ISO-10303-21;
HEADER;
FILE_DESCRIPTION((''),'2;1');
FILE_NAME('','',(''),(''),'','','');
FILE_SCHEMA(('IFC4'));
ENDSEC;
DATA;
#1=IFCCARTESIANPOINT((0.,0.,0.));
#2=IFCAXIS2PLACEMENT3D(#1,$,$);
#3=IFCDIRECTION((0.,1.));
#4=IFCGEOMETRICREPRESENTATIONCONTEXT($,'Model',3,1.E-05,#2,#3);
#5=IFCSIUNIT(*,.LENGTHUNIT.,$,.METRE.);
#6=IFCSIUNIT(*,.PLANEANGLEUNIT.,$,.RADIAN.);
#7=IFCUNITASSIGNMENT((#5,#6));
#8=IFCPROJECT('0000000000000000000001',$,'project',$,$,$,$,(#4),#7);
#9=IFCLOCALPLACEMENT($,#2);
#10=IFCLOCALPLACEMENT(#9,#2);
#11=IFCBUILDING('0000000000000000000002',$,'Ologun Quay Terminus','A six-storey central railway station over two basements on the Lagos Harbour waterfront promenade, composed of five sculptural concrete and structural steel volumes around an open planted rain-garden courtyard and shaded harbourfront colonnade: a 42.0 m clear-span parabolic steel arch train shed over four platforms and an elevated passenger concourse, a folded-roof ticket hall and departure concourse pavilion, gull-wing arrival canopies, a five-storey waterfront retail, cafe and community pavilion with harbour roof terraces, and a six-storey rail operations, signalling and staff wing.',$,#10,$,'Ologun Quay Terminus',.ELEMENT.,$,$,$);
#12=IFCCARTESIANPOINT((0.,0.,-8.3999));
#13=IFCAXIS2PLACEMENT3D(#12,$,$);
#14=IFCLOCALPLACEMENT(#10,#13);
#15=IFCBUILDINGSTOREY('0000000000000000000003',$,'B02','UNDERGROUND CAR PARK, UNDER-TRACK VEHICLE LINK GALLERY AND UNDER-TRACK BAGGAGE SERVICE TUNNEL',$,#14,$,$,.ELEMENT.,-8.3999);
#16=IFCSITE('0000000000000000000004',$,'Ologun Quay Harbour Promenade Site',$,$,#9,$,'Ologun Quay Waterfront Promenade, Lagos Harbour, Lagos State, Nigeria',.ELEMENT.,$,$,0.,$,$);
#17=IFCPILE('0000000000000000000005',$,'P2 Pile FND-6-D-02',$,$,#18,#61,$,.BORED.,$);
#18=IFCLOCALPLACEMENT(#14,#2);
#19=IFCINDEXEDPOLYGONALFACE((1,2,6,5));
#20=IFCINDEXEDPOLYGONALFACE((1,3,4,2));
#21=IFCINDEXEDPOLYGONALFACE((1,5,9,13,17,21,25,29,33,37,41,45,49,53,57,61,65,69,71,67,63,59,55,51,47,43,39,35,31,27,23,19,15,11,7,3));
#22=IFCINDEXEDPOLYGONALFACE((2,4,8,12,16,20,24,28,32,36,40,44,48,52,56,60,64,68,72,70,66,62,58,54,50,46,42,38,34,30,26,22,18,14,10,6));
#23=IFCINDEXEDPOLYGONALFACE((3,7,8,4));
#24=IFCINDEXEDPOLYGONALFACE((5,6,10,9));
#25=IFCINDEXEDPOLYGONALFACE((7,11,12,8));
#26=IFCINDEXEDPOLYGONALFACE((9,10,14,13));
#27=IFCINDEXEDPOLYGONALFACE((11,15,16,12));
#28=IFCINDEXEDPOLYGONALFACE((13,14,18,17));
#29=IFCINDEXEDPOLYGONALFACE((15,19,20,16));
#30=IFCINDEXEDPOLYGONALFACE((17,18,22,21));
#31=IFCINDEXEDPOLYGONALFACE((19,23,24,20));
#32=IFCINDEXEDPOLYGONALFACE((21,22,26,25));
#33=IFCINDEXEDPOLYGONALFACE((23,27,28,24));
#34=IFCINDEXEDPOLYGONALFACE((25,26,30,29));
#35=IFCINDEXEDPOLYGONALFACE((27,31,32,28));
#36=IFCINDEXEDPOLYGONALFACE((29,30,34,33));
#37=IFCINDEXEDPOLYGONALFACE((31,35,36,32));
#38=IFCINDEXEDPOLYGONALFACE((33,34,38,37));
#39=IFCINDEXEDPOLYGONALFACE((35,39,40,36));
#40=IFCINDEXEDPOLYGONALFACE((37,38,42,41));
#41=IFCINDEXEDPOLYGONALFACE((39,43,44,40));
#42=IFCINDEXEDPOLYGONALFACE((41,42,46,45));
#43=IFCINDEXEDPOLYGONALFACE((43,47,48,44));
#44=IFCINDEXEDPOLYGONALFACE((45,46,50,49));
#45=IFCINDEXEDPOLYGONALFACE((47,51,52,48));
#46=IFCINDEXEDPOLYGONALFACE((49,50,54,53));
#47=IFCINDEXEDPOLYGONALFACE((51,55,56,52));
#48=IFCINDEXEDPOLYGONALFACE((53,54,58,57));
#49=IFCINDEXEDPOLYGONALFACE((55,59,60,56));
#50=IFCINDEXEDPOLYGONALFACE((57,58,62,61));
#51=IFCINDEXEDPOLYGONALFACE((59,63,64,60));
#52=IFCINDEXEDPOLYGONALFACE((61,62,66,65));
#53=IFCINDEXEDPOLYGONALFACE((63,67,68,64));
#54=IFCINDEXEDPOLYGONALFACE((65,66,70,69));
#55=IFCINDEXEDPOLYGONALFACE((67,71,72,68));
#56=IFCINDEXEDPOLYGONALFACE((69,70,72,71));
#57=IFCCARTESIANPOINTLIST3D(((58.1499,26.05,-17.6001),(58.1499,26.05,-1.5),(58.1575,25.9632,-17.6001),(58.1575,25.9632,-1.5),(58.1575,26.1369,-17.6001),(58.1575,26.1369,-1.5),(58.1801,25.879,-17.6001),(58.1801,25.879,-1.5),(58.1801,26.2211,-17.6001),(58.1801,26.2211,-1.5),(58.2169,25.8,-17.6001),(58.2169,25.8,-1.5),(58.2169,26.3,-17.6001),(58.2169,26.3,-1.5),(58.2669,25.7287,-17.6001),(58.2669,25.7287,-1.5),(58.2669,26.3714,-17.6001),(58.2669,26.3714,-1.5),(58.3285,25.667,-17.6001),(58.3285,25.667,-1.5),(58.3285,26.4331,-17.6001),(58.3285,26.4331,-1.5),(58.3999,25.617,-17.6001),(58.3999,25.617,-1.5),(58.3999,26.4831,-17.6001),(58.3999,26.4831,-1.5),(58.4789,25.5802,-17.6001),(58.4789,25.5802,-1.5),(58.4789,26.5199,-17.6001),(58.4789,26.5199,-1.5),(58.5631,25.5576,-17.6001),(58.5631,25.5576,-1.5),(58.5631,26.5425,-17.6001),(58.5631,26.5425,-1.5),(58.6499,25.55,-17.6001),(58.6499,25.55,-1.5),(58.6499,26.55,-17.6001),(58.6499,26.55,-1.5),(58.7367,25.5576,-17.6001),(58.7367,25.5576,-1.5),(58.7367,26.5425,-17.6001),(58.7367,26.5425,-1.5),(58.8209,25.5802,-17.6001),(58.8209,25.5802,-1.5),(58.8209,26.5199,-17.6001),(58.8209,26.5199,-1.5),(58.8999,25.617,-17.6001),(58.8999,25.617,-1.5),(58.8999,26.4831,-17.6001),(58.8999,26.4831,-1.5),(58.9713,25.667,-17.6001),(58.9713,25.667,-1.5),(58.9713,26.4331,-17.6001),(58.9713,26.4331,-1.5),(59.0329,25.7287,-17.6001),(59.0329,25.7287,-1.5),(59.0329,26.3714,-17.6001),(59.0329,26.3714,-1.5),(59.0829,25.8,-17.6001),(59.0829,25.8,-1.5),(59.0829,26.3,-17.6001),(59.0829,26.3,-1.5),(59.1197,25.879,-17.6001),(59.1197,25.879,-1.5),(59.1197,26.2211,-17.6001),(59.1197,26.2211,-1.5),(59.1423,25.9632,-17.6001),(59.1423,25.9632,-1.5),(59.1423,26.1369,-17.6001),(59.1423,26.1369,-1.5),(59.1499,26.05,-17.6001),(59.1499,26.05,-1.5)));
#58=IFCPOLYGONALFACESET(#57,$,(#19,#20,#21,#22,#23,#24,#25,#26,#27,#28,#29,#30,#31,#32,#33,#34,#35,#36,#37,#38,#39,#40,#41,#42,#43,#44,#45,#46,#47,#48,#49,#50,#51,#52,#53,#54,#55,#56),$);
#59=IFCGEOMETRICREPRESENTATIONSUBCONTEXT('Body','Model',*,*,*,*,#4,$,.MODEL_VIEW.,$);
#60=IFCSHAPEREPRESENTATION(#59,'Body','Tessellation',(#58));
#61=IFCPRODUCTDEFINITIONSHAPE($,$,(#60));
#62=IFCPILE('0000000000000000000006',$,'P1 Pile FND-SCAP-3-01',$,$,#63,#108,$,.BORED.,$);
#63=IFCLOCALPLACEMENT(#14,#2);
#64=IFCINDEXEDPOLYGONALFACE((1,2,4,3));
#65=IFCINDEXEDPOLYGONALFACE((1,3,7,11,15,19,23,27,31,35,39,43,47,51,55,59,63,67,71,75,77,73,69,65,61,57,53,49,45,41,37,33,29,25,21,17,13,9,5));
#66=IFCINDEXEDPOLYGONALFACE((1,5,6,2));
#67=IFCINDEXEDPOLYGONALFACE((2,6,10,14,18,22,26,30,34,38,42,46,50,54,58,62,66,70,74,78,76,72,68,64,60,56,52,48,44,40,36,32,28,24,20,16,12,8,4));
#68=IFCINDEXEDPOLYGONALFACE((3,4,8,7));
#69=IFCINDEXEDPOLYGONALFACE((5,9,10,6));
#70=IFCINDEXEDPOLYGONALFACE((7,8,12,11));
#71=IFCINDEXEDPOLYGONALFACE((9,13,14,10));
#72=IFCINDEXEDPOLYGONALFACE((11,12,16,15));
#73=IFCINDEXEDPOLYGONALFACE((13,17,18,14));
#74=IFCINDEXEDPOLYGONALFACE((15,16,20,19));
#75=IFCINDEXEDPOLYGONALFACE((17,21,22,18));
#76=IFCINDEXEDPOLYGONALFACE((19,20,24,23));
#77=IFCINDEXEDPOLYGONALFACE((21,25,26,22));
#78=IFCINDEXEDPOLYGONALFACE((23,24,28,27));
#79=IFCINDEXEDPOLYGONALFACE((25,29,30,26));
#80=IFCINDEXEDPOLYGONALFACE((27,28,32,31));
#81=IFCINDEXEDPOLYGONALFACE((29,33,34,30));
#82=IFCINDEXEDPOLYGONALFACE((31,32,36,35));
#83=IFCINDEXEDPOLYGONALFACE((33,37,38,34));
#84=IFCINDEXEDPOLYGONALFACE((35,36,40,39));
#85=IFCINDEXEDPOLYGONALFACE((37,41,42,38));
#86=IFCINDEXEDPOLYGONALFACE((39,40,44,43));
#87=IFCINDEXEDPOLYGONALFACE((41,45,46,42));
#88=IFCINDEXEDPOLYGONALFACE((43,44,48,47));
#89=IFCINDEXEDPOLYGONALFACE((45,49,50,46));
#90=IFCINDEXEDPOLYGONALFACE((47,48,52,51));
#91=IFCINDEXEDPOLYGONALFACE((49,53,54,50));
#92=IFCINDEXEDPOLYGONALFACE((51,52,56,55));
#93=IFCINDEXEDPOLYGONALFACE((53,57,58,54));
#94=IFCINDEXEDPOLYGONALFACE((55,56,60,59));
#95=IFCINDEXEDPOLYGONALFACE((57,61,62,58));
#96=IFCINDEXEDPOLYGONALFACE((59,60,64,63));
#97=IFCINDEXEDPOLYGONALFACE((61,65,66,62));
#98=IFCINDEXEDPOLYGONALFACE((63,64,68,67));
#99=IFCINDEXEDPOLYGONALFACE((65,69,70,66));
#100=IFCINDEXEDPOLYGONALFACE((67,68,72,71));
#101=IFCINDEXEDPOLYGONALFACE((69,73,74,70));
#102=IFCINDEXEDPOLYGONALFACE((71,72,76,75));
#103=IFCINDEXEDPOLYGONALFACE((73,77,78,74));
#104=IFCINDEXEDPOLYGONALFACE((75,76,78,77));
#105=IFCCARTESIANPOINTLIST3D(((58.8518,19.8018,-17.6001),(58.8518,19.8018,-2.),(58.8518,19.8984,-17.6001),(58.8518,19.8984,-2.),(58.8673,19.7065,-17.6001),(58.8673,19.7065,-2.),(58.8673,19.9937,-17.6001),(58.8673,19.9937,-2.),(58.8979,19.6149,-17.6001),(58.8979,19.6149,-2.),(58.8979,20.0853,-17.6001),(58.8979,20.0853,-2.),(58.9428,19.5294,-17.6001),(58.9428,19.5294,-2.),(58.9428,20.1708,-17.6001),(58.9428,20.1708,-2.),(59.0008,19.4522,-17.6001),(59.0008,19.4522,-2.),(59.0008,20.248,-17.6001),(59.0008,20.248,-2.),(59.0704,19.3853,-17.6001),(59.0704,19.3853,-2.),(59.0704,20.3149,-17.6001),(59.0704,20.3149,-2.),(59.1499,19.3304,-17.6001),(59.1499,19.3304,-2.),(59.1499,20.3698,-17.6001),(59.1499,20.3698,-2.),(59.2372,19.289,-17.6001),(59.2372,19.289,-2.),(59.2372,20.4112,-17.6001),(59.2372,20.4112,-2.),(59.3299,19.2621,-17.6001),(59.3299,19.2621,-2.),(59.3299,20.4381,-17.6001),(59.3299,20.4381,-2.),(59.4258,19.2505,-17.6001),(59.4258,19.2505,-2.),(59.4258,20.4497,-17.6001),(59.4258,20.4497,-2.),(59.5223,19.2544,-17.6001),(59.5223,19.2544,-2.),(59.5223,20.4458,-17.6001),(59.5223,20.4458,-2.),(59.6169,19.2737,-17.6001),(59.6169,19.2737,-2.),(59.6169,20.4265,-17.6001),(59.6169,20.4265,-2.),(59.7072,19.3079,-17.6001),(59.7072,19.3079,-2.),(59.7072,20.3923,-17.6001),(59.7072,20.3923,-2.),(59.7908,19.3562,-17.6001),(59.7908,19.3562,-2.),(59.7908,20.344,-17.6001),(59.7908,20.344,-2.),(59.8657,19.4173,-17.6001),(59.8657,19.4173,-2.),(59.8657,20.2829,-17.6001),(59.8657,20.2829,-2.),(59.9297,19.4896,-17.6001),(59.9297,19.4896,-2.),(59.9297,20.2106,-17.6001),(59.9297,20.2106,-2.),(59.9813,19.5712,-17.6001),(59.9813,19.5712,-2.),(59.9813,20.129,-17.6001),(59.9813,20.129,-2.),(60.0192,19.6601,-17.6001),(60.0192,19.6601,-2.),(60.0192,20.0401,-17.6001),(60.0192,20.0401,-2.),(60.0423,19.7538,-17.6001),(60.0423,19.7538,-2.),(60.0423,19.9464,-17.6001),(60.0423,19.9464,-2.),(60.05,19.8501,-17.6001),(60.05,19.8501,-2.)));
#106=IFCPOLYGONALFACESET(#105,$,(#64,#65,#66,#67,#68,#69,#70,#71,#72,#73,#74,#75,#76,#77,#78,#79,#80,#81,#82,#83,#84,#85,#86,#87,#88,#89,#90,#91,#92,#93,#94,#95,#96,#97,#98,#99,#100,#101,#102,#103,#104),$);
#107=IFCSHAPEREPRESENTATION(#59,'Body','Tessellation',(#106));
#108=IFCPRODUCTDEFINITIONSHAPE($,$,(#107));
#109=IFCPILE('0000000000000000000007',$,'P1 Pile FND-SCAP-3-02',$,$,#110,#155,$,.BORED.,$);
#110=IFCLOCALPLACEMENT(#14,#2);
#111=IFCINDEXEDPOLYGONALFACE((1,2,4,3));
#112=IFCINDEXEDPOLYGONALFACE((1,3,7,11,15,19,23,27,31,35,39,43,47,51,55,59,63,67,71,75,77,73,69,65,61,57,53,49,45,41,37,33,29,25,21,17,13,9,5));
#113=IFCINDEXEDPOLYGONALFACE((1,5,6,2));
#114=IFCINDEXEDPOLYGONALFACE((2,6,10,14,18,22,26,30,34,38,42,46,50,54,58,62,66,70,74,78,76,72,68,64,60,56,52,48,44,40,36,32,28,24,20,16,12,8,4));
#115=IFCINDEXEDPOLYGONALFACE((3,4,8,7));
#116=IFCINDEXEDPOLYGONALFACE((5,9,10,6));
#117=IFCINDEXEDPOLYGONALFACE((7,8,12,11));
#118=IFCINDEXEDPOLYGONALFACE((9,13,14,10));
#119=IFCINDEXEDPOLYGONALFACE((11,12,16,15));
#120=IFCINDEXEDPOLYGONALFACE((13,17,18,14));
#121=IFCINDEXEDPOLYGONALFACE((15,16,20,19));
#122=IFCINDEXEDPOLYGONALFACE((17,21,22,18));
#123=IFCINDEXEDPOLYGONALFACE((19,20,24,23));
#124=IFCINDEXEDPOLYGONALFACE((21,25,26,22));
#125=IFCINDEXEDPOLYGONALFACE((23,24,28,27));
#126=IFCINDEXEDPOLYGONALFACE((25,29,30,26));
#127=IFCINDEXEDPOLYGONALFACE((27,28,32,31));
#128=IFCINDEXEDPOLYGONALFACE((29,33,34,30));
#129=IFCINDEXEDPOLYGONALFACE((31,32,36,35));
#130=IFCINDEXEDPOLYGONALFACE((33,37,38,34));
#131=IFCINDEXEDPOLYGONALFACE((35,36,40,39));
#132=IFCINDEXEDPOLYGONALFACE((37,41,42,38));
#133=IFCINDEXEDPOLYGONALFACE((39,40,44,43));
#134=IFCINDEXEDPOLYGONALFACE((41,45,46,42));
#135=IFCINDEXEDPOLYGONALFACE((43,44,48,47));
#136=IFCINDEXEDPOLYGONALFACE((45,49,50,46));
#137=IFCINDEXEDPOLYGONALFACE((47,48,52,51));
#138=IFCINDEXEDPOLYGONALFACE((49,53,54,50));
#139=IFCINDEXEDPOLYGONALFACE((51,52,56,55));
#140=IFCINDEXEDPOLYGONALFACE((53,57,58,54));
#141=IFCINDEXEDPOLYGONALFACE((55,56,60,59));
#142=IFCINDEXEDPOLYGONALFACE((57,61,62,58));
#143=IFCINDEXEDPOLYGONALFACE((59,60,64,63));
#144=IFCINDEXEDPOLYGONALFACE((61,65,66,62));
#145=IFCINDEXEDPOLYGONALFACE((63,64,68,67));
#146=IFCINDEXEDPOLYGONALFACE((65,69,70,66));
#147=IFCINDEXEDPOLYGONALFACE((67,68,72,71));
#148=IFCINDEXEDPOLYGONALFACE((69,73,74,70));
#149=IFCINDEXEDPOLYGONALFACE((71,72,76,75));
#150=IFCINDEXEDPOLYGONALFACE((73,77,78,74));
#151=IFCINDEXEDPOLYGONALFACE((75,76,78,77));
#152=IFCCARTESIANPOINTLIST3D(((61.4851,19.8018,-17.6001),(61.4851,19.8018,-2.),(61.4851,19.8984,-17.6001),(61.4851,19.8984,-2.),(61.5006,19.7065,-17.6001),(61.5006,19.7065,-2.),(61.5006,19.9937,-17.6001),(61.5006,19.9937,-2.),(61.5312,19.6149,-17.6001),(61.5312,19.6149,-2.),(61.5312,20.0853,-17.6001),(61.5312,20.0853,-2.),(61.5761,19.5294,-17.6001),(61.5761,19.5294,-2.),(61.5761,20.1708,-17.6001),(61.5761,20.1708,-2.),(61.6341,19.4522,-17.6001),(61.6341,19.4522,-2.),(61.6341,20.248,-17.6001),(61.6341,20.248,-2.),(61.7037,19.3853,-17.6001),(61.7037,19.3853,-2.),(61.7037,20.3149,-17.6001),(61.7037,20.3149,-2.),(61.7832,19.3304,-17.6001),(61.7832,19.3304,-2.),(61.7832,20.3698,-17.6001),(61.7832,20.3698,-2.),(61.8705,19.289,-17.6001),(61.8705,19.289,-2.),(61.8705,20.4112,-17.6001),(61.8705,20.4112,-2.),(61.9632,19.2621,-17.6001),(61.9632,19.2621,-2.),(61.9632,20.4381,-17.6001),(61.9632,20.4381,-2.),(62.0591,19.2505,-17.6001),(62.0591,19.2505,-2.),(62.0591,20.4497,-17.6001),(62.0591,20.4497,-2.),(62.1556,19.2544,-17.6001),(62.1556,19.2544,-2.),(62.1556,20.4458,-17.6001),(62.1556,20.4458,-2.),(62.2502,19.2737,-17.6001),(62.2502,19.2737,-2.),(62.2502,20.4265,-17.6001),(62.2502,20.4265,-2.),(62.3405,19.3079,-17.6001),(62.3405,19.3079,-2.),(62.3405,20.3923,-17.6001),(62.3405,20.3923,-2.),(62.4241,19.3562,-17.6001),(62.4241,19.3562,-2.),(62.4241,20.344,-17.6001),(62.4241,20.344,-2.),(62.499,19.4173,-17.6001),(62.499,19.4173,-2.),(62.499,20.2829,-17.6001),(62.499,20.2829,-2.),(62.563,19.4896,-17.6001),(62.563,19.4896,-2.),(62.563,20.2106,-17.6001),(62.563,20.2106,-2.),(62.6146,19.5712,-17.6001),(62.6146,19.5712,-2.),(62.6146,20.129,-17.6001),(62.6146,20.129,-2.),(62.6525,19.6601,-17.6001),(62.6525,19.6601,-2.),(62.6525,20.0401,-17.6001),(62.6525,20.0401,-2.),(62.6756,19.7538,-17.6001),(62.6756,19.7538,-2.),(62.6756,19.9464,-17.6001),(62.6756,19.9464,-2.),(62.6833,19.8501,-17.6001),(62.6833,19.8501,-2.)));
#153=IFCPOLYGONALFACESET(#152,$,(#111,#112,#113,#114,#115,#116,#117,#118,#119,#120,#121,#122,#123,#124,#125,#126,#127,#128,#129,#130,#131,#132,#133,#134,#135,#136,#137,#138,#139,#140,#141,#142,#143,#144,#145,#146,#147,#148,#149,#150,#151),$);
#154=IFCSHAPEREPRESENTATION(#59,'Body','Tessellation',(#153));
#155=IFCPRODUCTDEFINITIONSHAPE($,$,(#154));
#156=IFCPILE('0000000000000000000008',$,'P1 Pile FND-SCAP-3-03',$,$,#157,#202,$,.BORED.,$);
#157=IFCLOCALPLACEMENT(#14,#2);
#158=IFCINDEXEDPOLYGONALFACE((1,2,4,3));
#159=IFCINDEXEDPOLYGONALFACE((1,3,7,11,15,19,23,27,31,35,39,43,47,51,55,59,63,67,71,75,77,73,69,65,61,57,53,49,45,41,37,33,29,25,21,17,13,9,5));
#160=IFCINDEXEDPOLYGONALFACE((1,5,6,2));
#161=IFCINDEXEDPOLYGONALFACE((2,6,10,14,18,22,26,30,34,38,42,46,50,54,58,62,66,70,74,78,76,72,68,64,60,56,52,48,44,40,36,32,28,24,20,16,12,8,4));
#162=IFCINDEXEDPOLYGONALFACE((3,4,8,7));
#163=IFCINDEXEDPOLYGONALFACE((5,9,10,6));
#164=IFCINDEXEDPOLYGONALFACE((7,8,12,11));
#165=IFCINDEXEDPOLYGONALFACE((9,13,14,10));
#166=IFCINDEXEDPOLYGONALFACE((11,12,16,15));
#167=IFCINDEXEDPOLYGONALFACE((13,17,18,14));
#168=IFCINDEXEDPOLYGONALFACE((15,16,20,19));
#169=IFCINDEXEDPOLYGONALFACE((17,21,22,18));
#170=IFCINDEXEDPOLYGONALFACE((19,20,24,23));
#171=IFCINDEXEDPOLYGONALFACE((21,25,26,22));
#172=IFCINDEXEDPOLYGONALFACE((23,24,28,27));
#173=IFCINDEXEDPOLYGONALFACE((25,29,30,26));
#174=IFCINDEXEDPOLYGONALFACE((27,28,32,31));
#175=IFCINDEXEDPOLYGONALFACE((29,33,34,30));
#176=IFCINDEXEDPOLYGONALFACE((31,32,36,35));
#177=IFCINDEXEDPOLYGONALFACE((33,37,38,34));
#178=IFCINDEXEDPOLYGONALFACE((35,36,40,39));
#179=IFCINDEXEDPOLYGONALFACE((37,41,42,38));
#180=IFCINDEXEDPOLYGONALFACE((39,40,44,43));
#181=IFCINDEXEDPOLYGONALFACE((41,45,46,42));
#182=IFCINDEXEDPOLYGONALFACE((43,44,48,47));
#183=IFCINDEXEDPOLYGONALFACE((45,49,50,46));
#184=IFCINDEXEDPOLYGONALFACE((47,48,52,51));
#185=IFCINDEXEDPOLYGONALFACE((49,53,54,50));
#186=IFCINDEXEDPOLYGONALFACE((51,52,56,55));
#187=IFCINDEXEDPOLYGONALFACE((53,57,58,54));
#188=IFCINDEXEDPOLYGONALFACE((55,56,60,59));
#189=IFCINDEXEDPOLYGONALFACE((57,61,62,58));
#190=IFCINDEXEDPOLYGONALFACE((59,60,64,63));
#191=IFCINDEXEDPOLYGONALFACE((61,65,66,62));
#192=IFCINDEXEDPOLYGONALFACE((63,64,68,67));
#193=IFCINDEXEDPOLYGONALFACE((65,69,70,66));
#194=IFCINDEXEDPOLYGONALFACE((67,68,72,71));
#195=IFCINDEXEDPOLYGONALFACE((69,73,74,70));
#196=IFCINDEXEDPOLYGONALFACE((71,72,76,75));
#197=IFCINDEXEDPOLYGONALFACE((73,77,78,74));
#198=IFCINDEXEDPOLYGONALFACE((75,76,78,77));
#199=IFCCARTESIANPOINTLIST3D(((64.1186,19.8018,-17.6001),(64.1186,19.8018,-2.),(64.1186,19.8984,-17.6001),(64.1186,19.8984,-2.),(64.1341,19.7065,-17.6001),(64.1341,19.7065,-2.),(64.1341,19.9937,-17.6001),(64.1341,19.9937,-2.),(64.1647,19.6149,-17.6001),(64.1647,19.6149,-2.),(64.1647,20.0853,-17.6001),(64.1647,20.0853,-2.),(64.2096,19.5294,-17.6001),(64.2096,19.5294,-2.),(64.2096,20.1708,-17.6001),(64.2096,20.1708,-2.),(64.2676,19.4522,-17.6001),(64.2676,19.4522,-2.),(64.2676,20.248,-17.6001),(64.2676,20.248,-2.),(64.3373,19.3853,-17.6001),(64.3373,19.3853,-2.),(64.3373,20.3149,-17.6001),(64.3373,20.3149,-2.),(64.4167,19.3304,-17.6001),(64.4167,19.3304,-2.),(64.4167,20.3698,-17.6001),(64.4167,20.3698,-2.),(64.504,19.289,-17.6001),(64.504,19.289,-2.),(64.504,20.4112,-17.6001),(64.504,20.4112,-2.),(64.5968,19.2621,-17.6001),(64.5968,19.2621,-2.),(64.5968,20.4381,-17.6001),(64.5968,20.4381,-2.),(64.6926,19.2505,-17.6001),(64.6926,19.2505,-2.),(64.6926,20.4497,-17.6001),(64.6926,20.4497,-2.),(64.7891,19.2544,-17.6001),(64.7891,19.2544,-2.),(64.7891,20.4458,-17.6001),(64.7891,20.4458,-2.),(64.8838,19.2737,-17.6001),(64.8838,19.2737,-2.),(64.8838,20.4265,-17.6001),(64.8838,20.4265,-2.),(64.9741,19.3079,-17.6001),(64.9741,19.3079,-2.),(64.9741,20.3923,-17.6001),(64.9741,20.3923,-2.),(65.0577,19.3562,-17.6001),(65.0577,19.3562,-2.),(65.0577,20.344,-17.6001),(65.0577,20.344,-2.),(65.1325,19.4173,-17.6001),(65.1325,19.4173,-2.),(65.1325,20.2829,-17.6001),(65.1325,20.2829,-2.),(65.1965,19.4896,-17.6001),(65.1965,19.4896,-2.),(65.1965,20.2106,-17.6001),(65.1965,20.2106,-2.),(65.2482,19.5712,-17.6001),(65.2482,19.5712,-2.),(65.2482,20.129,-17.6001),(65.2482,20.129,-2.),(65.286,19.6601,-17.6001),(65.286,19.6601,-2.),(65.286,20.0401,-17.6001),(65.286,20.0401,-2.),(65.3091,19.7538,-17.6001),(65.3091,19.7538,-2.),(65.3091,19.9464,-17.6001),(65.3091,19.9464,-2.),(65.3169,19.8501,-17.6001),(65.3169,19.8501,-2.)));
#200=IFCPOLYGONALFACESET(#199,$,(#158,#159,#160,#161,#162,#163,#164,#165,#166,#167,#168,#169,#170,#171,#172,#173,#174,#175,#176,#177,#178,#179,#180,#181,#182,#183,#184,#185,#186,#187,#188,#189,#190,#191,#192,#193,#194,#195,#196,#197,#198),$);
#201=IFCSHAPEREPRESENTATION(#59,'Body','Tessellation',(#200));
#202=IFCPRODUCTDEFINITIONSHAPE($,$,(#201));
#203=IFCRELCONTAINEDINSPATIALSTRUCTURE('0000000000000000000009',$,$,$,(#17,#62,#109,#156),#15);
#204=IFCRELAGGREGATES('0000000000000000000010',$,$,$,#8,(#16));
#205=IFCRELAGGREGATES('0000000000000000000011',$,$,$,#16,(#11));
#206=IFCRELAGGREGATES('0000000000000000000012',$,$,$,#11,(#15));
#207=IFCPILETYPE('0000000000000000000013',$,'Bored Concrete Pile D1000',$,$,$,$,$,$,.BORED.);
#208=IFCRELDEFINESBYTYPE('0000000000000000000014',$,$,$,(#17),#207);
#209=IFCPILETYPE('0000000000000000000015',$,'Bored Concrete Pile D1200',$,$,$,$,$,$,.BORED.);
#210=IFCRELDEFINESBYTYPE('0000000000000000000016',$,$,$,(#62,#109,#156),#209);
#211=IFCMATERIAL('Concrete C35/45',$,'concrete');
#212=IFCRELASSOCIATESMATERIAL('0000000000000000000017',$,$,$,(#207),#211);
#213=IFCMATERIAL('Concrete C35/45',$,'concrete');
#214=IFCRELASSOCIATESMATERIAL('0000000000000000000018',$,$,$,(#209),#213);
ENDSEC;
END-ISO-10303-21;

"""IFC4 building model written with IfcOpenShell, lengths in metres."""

from ifc_helpers import new_model, si_unit, direction, frame, origin, origin_2d, place, context, subcontext, project, spatial, circle, extrude, material, material_profile, profile_set, type_object, element, save


model = new_model("IFC4")

# Units and contexts
model_context = context("Model", 3, precision=1e-05, world=origin(), true_north=direction((0.0, 1.0)))
body_context = subcontext(model_context, "Body", "Model", "MODEL_VIEW")
ifc_project = project(units=[si_unit("LENGTHUNIT", "METRE"), si_unit("PLANEANGLEUNIT", "RADIAN")], contexts=[model_context])

# Site, building, storey
site_placement = place(None, origin())
site = spatial("IfcSite", under=ifc_project, at=site_placement, Name="Ologun Quay Harbour Promenade Site", LongName="Ologun Quay Waterfront Promenade, Lagos Harbour, Lagos State, Nigeria", CompositionType="ELEMENT", RefElevation=0.0)
building_placement = place(site_placement, origin())
building = spatial("IfcBuilding", under=site, at=building_placement, Name="Ologun Quay Terminus", Description="A six-storey central railway station over two basements on the Lagos Harbour waterfront promenade, composed of five sculptural concrete and structural steel volumes around an open planted rain-garden courtyard and shaded harbourfront colonnade: a 42.0 m clear-span parabolic steel arch train shed over four platforms and an elevated passenger concourse, a folded-roof ticket hall and departure concourse pavilion, gull-wing arrival canopies, a five-storey waterfront retail, cafe and community pavilion with harbour roof terraces, and a six-storey rail operations, signalling and staff wing.", LongName="Ologun Quay Terminus", CompositionType="ELEMENT")
storey_placement = place(building_placement, frame((0.0, 0.0, -8.3999)))
storey = spatial("IfcBuildingStorey", under=building, at=storey_placement, Name="B02", Description="UNDERGROUND CAR PARK, UNDER-TRACK VEHICLE LINK GALLERY AND UNDER-TRACK BAGGAGE SERVICE TUNNEL", CompositionType="ELEMENT", Elevation=-8.3999)

# Piles
ifc_material_1 = material(Name="Concrete C35/45", Category="concrete")
ifc_material_profile_1 = material_profile(ifc_material_1, circle(Radius=0.5, at=origin_2d()), Name="PILE D1000")
ifc_profile_set_1 = profile_set([ifc_material_profile_1], Name="Concrete C35/45")
pile_type_1 = type_object("IfcPileType", Name="Bored Concrete Pile D1000", PredefinedType="BORED", material=ifc_profile_set_1)
pile_placement = place(storey_placement, frame((58.6499, 26.05, -1.5), z_axis=(0.0, 0.0, -1.0), x_axis=(1.0, 0.0, 0.0)))
element("IfcPile", 1, at=pile_placement, inside=storey, type_object=pile_type_1, Name="P2 Pile FND-6-D-02", PredefinedType="BORED", context=body_context, shape_type="SweptSolid", body=[
    extrude(circle(Radius=0.5, at=origin_2d()), origin(), (0.0, 0.0, 1.0), 16.1001),
])
ifc_material_2 = material(Name="Concrete C35/45", Category="concrete")
ifc_material_profile_2 = material_profile(ifc_material_2, circle(Radius=0.6001, at=origin_2d()), Name="PILE D1200")
ifc_profile_set_2 = profile_set([ifc_material_profile_2], Name="Concrete C35/45")
pile_type_2 = type_object("IfcPileType", Name="Bored Concrete Pile D1200", PredefinedType="BORED", material=ifc_profile_set_2)
for number, where, z_axis, x_axis, name in (
    (2, (59.45, 19.8501, -2.0), (0.0, 0.0, -1.0), (1.0, 0.0, 0.0), "P1 Pile FND-SCAP-3-01"),
    (3, (62.0833, 19.8501, -2.0), (0.0, 0.0, -1.0), (1.0, 0.0, 0.0), "P1 Pile FND-SCAP-3-02"),
    (4, (64.7168, 19.8501, -2.0), (0.0, 0.0, -1.0), (1.0, 0.0, 0.0), "P1 Pile FND-SCAP-3-03"),
):
    element("IfcPile", number, at=place(storey_placement, frame(where, z_axis=z_axis, x_axis=x_axis)), inside=storey, type_object=pile_type_2, Name=name, PredefinedType="BORED", context=body_context, shape_type="SweptSolid", body=[
        extrude(circle(Radius=0.6001, at=origin_2d()), origin(), (0.0, 0.0, 1.0), 15.6001),
    ])

save(model, "model.ifc")
